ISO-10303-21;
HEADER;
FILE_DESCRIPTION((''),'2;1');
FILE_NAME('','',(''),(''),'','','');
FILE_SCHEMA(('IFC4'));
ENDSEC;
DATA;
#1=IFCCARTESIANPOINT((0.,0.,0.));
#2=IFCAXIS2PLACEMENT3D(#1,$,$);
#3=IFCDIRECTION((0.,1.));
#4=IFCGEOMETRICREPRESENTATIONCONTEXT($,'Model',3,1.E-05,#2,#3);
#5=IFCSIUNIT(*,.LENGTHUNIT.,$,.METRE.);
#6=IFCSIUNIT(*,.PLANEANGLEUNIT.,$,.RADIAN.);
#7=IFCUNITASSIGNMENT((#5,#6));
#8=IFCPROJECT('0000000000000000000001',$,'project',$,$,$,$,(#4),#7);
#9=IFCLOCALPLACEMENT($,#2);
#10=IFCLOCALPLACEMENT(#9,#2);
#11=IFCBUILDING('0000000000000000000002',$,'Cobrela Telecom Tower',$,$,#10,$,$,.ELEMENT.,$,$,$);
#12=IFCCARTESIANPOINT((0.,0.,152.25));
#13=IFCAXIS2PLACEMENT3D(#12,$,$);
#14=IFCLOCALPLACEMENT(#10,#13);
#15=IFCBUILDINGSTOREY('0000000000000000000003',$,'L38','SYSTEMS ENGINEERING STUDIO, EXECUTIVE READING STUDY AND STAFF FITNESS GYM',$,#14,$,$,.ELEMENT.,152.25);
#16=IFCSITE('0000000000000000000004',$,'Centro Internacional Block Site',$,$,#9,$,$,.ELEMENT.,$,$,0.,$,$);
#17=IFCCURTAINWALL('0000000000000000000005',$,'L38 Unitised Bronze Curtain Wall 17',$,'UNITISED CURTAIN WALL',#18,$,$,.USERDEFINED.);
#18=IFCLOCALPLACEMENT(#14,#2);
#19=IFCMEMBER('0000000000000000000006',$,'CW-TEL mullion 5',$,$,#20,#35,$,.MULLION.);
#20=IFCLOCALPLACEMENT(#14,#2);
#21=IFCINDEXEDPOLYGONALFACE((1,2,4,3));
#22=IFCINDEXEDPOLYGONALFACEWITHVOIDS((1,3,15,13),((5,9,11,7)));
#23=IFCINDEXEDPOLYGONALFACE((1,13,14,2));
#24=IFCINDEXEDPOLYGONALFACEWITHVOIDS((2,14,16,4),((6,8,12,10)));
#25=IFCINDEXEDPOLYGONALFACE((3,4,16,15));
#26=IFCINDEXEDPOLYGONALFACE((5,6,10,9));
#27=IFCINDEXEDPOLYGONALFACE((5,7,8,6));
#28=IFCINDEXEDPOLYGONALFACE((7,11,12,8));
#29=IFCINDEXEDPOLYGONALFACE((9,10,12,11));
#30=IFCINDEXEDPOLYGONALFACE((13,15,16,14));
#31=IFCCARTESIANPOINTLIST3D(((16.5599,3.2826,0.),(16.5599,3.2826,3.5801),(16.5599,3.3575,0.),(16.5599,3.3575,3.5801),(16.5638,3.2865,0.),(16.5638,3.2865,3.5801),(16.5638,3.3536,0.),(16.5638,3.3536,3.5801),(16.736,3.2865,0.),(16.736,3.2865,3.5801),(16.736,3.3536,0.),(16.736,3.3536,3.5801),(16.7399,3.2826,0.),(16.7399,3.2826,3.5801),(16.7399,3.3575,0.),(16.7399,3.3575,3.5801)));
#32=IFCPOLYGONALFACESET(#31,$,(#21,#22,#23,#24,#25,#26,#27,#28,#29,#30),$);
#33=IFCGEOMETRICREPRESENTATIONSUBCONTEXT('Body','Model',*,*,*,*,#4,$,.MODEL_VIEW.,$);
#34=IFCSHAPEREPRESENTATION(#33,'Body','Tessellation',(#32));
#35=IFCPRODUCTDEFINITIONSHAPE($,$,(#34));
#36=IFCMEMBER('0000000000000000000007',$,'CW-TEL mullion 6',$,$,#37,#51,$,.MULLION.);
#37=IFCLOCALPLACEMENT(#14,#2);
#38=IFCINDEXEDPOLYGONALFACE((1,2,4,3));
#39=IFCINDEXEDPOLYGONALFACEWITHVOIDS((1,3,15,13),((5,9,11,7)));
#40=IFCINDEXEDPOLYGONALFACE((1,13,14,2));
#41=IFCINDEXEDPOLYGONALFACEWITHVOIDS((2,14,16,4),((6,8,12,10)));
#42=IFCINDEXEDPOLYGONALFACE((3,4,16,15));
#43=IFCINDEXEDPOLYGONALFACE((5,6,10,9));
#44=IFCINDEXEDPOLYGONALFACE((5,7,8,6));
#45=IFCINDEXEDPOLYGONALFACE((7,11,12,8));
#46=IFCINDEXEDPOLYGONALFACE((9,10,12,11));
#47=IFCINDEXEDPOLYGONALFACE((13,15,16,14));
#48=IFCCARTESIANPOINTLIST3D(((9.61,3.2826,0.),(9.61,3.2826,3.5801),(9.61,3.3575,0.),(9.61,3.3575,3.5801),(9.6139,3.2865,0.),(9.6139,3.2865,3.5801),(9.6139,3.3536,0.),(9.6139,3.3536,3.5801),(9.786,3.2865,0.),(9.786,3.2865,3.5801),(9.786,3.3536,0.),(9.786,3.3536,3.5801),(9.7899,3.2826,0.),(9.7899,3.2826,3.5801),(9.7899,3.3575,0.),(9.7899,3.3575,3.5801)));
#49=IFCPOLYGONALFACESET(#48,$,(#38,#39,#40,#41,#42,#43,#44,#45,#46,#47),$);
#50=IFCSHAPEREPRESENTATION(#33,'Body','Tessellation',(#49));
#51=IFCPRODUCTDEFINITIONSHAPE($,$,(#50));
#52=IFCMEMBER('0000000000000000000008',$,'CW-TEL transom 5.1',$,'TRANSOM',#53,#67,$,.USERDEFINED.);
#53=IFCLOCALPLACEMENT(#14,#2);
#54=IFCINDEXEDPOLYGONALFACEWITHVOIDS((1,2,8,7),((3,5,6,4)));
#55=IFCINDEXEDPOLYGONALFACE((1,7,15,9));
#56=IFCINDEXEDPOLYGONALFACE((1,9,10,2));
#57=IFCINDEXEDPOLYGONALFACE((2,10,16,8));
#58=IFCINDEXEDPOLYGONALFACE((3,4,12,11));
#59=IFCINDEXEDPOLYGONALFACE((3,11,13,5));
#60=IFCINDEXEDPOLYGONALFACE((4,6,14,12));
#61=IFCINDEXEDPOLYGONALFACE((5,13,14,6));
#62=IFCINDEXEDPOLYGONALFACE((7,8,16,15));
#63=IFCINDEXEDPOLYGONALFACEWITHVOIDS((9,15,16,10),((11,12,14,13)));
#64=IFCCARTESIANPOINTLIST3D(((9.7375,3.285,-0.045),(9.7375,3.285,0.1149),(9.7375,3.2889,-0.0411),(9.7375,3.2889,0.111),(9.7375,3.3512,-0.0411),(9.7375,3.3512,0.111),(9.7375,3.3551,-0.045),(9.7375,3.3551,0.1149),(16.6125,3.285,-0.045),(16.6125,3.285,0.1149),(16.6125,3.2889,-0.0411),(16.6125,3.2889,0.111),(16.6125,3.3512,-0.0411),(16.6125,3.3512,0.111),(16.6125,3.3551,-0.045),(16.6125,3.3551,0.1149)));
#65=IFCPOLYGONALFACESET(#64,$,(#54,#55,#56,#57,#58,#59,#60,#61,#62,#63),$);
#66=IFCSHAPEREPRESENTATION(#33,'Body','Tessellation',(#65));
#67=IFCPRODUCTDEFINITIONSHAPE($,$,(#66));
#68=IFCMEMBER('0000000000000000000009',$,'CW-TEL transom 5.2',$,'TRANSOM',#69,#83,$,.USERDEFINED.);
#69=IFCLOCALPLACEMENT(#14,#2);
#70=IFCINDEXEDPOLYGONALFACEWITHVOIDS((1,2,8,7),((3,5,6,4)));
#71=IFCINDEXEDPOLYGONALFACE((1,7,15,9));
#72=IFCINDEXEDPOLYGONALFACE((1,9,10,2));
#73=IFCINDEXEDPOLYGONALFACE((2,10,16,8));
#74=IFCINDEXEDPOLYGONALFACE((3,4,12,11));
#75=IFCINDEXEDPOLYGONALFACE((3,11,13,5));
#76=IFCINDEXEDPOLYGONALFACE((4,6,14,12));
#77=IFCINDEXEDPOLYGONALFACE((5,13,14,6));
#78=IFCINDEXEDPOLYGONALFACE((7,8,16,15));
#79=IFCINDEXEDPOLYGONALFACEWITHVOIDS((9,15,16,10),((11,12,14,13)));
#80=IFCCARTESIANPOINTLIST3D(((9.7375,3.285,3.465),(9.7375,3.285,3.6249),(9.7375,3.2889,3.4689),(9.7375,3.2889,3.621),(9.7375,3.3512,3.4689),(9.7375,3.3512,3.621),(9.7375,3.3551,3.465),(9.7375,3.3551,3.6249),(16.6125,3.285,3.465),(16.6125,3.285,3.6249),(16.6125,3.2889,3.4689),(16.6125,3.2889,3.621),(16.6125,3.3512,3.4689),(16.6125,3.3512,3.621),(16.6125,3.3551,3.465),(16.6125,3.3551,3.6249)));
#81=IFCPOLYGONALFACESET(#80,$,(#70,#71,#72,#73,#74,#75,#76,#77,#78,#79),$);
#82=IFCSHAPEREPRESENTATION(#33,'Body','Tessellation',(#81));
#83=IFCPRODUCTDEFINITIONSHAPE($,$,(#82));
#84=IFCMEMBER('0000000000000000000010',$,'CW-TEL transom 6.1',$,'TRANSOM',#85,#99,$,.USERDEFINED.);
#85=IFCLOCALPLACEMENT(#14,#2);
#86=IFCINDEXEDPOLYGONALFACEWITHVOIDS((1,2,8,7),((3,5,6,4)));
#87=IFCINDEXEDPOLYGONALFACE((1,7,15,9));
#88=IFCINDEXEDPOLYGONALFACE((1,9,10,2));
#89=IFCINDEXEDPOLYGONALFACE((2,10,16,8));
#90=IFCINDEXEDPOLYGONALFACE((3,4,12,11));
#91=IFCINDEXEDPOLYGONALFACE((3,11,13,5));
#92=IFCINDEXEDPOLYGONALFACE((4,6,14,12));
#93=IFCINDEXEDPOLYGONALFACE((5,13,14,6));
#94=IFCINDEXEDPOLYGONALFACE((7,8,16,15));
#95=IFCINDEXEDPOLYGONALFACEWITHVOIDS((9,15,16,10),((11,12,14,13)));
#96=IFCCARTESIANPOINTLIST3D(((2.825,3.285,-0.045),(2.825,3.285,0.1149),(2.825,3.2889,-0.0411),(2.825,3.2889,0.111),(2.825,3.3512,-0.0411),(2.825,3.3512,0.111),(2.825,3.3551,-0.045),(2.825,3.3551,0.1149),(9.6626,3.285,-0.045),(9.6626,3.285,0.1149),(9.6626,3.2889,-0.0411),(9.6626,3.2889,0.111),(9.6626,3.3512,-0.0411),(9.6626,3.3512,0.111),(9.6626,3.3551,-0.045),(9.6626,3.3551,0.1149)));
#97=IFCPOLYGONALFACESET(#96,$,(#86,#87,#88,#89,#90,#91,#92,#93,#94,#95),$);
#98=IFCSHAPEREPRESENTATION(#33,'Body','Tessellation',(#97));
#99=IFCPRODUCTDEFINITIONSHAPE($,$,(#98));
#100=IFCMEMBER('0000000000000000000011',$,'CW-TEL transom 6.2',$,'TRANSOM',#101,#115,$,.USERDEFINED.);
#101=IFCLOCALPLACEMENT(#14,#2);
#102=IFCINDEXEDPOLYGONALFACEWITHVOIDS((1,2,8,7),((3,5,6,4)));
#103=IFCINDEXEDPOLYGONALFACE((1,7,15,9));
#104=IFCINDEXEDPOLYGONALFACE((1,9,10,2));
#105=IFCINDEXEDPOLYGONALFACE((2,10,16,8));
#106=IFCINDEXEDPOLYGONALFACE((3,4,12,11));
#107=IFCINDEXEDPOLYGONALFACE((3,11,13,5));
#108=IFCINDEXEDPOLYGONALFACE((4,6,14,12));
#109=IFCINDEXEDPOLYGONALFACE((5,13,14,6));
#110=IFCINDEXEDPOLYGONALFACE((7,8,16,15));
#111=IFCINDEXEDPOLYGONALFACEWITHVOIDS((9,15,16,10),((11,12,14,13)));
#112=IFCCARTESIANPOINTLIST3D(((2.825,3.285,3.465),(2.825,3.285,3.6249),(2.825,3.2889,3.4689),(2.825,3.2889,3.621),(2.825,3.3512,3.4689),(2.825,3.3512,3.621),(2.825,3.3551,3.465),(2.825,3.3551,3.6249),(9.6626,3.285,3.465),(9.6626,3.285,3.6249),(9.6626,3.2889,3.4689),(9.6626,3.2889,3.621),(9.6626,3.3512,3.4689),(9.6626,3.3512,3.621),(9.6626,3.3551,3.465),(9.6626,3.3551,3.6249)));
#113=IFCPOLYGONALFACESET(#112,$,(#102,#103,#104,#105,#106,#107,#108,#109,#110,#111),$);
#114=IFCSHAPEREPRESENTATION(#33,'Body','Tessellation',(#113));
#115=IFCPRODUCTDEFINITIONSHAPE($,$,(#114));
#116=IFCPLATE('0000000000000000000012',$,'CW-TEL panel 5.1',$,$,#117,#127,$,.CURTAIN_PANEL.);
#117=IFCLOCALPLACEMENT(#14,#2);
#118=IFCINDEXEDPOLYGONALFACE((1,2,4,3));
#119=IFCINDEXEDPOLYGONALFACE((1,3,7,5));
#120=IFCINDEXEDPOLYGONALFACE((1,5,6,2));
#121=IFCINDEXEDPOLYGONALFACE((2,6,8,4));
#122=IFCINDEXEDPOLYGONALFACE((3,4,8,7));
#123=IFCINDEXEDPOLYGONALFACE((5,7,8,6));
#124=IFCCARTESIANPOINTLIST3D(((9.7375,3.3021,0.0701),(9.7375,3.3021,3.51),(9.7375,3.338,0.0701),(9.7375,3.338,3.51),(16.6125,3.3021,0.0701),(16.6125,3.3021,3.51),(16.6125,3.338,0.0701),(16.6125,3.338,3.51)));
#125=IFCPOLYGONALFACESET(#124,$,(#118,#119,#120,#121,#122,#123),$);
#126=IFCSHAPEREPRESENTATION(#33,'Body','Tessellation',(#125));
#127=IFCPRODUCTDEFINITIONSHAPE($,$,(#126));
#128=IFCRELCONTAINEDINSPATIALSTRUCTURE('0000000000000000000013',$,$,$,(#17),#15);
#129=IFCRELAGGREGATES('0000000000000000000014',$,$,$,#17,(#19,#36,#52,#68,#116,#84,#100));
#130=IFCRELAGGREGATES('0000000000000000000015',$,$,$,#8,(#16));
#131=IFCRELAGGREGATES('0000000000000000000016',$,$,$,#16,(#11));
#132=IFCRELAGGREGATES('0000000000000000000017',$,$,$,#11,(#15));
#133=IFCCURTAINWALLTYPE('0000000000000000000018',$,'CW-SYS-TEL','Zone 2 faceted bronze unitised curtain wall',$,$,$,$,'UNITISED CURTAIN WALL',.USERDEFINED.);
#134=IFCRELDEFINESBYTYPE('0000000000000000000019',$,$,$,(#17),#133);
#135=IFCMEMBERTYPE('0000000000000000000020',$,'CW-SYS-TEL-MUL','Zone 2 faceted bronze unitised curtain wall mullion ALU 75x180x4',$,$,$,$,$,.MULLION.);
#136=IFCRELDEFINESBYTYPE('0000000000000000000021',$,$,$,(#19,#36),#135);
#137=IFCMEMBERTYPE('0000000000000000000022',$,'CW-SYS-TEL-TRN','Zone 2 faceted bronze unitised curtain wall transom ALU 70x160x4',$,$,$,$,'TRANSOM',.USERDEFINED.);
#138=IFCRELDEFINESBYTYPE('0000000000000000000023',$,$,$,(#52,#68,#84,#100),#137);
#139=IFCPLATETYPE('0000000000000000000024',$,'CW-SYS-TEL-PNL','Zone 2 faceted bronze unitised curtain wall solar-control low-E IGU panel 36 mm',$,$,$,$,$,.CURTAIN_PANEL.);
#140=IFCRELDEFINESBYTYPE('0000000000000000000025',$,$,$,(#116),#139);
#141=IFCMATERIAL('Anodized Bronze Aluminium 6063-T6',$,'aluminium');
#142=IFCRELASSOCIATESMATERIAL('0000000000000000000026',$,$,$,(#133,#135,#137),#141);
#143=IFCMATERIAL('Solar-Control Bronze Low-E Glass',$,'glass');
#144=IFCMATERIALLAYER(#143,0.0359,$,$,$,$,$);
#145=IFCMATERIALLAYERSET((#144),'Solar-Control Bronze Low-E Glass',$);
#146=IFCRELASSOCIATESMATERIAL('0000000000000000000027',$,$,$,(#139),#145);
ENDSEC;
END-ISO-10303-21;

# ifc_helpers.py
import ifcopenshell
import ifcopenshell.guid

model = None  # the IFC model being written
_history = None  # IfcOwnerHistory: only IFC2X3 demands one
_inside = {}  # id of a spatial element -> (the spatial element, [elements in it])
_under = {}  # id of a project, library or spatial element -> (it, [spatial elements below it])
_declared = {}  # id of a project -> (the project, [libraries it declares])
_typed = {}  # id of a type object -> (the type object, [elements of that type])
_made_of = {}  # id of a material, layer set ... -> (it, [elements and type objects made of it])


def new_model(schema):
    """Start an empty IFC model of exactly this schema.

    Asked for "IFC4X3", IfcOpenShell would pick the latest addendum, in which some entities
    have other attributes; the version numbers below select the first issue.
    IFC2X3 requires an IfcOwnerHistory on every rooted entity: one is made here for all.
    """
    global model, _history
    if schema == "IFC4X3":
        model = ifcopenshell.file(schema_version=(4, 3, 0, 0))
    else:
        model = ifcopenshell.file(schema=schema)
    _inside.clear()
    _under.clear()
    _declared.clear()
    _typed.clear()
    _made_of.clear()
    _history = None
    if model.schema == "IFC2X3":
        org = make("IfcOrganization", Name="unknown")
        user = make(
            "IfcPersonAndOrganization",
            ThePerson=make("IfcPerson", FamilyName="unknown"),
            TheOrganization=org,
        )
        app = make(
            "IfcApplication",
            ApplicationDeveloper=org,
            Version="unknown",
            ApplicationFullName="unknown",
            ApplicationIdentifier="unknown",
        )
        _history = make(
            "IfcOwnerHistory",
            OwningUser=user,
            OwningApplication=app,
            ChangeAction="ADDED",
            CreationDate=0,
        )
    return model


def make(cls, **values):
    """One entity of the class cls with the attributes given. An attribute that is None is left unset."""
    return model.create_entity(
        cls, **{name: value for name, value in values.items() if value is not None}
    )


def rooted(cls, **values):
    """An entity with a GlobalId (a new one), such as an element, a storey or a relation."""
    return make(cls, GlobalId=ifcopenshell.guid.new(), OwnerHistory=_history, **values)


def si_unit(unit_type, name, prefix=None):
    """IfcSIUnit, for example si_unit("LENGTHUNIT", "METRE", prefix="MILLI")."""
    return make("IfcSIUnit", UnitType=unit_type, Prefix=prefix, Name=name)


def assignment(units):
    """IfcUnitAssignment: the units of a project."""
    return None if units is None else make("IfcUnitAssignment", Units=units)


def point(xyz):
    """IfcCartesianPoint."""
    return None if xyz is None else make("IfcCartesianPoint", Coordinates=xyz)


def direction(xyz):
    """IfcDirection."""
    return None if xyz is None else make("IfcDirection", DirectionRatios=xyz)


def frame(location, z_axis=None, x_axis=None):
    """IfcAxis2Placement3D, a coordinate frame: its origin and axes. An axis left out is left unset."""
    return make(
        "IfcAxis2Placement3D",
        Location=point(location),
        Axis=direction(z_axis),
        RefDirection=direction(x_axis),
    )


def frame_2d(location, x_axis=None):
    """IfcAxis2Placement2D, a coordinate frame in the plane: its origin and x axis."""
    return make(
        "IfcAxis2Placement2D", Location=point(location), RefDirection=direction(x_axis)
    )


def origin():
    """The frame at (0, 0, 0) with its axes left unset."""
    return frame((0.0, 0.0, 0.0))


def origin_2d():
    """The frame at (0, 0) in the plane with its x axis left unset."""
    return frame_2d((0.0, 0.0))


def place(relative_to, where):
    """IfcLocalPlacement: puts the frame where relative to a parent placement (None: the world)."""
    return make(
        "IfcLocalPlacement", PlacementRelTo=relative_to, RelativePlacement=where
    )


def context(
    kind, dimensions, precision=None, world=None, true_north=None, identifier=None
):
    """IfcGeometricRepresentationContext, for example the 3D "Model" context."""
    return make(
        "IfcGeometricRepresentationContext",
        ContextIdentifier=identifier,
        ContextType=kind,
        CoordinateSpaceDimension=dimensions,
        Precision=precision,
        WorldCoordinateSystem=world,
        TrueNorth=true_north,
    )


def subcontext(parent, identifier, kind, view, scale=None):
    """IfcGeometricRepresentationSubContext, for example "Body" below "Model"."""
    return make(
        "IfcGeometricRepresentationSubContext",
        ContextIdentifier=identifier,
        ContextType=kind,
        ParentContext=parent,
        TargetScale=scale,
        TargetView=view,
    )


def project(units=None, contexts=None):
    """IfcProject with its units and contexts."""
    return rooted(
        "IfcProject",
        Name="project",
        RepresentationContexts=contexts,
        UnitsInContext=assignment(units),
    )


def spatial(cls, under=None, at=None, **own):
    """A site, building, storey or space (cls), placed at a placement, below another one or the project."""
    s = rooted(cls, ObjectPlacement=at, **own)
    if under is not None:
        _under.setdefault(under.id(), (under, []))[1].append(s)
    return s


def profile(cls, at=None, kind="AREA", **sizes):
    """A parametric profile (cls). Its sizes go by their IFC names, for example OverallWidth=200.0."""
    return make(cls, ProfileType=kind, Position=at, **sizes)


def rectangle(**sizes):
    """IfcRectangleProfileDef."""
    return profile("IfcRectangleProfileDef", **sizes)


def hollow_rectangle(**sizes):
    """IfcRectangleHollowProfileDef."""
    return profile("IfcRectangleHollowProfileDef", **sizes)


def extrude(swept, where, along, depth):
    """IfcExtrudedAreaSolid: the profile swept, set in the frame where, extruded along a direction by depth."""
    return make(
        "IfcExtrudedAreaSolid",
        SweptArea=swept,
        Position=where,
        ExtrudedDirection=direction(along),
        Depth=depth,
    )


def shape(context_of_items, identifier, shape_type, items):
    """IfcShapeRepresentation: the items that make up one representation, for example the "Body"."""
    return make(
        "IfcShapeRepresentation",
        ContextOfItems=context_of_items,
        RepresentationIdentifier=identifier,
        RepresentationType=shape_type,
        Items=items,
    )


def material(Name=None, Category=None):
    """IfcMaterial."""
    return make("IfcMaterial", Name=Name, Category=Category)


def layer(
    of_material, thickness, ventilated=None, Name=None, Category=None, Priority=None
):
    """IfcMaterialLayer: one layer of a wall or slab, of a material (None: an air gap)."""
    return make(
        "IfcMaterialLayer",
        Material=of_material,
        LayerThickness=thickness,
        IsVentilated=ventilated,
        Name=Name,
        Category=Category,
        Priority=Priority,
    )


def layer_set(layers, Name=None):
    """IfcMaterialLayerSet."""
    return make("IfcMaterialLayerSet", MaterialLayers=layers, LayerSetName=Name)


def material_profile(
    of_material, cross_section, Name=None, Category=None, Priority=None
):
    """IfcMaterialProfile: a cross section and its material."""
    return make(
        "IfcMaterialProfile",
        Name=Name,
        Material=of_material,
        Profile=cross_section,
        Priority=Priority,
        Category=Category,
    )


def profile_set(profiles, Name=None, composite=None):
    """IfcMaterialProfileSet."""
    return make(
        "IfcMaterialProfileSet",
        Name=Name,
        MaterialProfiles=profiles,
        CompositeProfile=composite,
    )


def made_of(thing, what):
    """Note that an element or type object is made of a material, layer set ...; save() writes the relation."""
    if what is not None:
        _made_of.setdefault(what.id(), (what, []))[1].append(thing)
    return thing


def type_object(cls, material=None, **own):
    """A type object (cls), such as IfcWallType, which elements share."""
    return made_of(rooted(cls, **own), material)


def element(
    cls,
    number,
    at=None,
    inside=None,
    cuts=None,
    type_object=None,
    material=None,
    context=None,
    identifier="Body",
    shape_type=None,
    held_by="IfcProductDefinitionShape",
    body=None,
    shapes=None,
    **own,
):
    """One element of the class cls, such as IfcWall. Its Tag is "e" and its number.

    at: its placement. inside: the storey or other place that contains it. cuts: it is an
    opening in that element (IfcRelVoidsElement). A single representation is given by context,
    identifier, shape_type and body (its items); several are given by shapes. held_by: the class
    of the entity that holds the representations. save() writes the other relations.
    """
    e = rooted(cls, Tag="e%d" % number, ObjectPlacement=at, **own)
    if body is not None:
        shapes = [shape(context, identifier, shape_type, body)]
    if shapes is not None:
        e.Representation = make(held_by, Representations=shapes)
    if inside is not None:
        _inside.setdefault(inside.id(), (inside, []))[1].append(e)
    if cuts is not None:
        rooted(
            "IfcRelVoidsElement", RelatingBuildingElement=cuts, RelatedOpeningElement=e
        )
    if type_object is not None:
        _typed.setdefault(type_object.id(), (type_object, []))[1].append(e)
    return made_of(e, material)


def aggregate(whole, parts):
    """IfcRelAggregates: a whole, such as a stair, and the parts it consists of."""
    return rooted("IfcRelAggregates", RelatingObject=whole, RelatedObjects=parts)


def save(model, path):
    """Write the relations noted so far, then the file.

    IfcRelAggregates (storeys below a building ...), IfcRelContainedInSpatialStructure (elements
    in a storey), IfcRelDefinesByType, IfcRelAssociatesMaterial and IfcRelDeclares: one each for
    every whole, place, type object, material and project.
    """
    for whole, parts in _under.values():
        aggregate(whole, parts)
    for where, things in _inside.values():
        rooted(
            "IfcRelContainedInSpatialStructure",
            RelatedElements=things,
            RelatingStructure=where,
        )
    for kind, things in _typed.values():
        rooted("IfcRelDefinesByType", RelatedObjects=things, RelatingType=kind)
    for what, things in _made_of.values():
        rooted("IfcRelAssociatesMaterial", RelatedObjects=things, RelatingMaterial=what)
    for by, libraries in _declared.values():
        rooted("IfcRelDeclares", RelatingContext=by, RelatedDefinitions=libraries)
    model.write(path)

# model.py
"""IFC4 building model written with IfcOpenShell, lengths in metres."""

from ifc_helpers import new_model, si_unit, direction, frame, origin, origin_2d, place, context, subcontext, project, spatial, rectangle, hollow_rectangle, extrude, material, layer, layer_set, material_profile, profile_set, type_object, element, aggregate, save


model = new_model("IFC4")

# Units and contexts
model_context = context("Model", 3, precision=1e-05, world=origin(), true_north=direction((0.0, 1.0)))
body_context = subcontext(model_context, "Body", "Model", "MODEL_VIEW")
ifc_project = project(units=[si_unit("LENGTHUNIT", "METRE"), si_unit("PLANEANGLEUNIT", "RADIAN")], contexts=[model_context])

# Site, building, storey
site_placement = place(None, origin())
site = spatial("IfcSite", under=ifc_project, at=site_placement, Name="Centro Internacional Block Site", CompositionType="ELEMENT", RefElevation=0.0)
building_placement = place(site_placement, origin())
building = spatial("IfcBuilding", under=site, at=building_placement, Name="Cobrela Telecom Tower", CompositionType="ELEMENT")
storey_placement = place(building_placement, frame((0.0, 0.0, 152.25)))
storey = spatial("IfcBuildingStorey", under=building, at=storey_placement, Name="L38", Description="SYSTEMS ENGINEERING STUDIO, EXECUTIVE READING STUDY AND STAFF FITNESS GYM", CompositionType="ELEMENT", Elevation=152.25)

# Curtain wall, members, plate
ifc_material_1 = material(Name="Anodized Bronze Aluminium 6063-T6", Category="aluminium")
curtain_wall_type = type_object("IfcCurtainWallType", Name="CW-SYS-TEL", Description="Zone 2 faceted bronze unitised curtain wall", ElementType="UNITISED CURTAIN WALL", PredefinedType="USERDEFINED", material=ifc_material_1)
curtain_wall_placement = place(storey_placement, origin())
curtain_wall = element("IfcCurtainWall", 1, at=curtain_wall_placement, inside=storey, type_object=curtain_wall_type, Name="L38 Unitised Bronze Curtain Wall 17", ObjectType="UNITISED CURTAIN WALL", PredefinedType="USERDEFINED")
ifc_material_profile_1 = material_profile(ifc_material_1, hollow_rectangle(XDim=0.075, YDim=0.1799, WallThickness=0.0039, at=origin_2d()), Name="ALU 75x180x4")
ifc_profile_set_1 = profile_set([ifc_material_profile_1], Name="Anodized Bronze Aluminium 6063-T6")
member_type_1 = type_object("IfcMemberType", Name="CW-SYS-TEL-MUL", Description="Zone 2 faceted bronze unitised curtain wall mullion ALU 75x180x4", PredefinedType="MULLION", material=ifc_profile_set_1)
member_1_placement = place(storey_placement, frame((16.6499, 3.3201, 0.0), z_axis=(0.0, 0.0, 1.0), x_axis=(0.0, -1.0, 0.0)))
member_1 = element("IfcMember", 2, at=member_1_placement, type_object=member_type_1, Name="CW-TEL mullion 5", PredefinedType="MULLION", context=body_context, shape_type="SweptSolid", body=[
    extrude(hollow_rectangle(XDim=0.075, YDim=0.1799, WallThickness=0.0039, at=origin_2d()), origin(), (0.0, 0.0, 1.0), 3.5801),
])
member_2_placement = place(storey_placement, frame((9.7, 3.3201, 0.0), z_axis=(0.0, 0.0, 1.0), x_axis=(0.0, -1.0, 0.0)))
member_2 = element("IfcMember", 3, at=member_2_placement, type_object=member_type_1, Name="CW-TEL mullion 6", PredefinedType="MULLION", context=body_context, shape_type="SweptSolid", body=[
    extrude(hollow_rectangle(XDim=0.075, YDim=0.1799, WallThickness=0.0039, at=origin_2d()), origin(), (0.0, 0.0, 1.0), 3.5801),
])
ifc_material_profile_2 = material_profile(ifc_material_1, hollow_rectangle(XDim=0.0701, YDim=0.1599, WallThickness=0.0039, at=origin_2d()), Name="ALU 70x160x4")
ifc_profile_set_2 = profile_set([ifc_material_profile_2], Name="Anodized Bronze Aluminium 6063-T6")
member_type_2 = type_object("IfcMemberType", Name="CW-SYS-TEL-TRN", Description="Zone 2 faceted bronze unitised curtain wall transom ALU 70x160x4", ElementType="TRANSOM", PredefinedType="USERDEFINED", material=ifc_profile_set_2)
member_3_placement = place(storey_placement, frame((16.6125, 3.3201, 0.0349), z_axis=(-1.0, 0.0, 0.0), x_axis=(0.0, -1.0, 0.0)))
member_3 = element("IfcMember", 4, at=member_3_placement, type_object=member_type_2, Name="CW-TEL transom 5.1", ObjectType="TRANSOM", PredefinedType="USERDEFINED", context=body_context, shape_type="SweptSolid", body=[
    extrude(hollow_rectangle(XDim=0.0701, YDim=0.1599, WallThickness=0.0039, at=origin_2d()), origin(), (0.0, 0.0, 1.0), 6.875),
])
member_4_placement = place(storey_placement, frame((16.6125, 3.3201, 3.5449), z_axis=(-1.0, 0.0, 0.0), x_axis=(0.0, -1.0, 0.0)))
member_4 = element("IfcMember", 5, at=member_4_placement, type_object=member_type_2, Name="CW-TEL transom 5.2", ObjectType="TRANSOM", PredefinedType="USERDEFINED", context=body_context, shape_type="SweptSolid", body=[
    extrude(hollow_rectangle(XDim=0.0701, YDim=0.1599, WallThickness=0.0039, at=origin_2d()), origin(), (0.0, 0.0, 1.0), 6.875),
])
member_5_placement = place(storey_placement, frame((9.6626, 3.3201, 0.0349), z_axis=(-1.0, 0.0, 0.0), x_axis=(0.0, -1.0, 0.0)))
member_5 = element("IfcMember", 6, at=member_5_placement, type_object=member_type_2, Name="CW-TEL transom 6.1", ObjectType="TRANSOM", PredefinedType="USERDEFINED", context=body_context, shape_type="SweptSolid", body=[
    extrude(hollow_rectangle(XDim=0.0701, YDim=0.1599, WallThickness=0.0039, at=origin_2d()), origin(), (0.0, 0.0, 1.0), 6.8376),
])
member_6_placement = place(storey_placement, frame((9.6626, 3.3201, 3.5449), z_axis=(-1.0, 0.0, 0.0), x_axis=(0.0, -1.0, 0.0)))
member_6 = element("IfcMember", 7, at=member_6_placement, type_object=member_type_2, Name="CW-TEL transom 6.2", ObjectType="TRANSOM", PredefinedType="USERDEFINED", context=body_context, shape_type="SweptSolid", body=[
    extrude(hollow_rectangle(XDim=0.0701, YDim=0.1599, WallThickness=0.0039, at=origin_2d()), origin(), (0.0, 0.0, 1.0), 6.8376),
])
ifc_material_2 = material(Name="Solar-Control Bronze Low-E Glass", Category="glass")
ifc_layer_1 = layer(ifc_material_2, 0.0359)
ifc_layer_set_1 = layer_set([ifc_layer_1], Name="Solar-Control Bronze Low-E Glass")
plate_type = type_object("IfcPlateType", Name="CW-SYS-TEL-PNL", Description="Zone 2 faceted bronze unitised curtain wall solar-control low-E IGU panel 36 mm", PredefinedType="CURTAIN_PANEL", material=ifc_layer_set_1)
plate_placement = place(storey_placement, frame((13.175, 3.3201, 0.0701), z_axis=(0.0, 0.0, 1.0), x_axis=(-1.0, 0.0, 0.0)))
plate = element("IfcPlate", 8, at=plate_placement, type_object=plate_type, Name="CW-TEL panel 5.1", PredefinedType="CURTAIN_PANEL", context=body_context, shape_type="SweptSolid", body=[
    extrude(rectangle(XDim=6.875, YDim=0.0359, at=origin_2d()), origin(), (0.0, 0.0, 1.0), 3.4399),
])
aggregate(curtain_wall, [member_1, member_2, member_3, member_4, plate, member_5, member_6])

save(model, "model.ifc")
